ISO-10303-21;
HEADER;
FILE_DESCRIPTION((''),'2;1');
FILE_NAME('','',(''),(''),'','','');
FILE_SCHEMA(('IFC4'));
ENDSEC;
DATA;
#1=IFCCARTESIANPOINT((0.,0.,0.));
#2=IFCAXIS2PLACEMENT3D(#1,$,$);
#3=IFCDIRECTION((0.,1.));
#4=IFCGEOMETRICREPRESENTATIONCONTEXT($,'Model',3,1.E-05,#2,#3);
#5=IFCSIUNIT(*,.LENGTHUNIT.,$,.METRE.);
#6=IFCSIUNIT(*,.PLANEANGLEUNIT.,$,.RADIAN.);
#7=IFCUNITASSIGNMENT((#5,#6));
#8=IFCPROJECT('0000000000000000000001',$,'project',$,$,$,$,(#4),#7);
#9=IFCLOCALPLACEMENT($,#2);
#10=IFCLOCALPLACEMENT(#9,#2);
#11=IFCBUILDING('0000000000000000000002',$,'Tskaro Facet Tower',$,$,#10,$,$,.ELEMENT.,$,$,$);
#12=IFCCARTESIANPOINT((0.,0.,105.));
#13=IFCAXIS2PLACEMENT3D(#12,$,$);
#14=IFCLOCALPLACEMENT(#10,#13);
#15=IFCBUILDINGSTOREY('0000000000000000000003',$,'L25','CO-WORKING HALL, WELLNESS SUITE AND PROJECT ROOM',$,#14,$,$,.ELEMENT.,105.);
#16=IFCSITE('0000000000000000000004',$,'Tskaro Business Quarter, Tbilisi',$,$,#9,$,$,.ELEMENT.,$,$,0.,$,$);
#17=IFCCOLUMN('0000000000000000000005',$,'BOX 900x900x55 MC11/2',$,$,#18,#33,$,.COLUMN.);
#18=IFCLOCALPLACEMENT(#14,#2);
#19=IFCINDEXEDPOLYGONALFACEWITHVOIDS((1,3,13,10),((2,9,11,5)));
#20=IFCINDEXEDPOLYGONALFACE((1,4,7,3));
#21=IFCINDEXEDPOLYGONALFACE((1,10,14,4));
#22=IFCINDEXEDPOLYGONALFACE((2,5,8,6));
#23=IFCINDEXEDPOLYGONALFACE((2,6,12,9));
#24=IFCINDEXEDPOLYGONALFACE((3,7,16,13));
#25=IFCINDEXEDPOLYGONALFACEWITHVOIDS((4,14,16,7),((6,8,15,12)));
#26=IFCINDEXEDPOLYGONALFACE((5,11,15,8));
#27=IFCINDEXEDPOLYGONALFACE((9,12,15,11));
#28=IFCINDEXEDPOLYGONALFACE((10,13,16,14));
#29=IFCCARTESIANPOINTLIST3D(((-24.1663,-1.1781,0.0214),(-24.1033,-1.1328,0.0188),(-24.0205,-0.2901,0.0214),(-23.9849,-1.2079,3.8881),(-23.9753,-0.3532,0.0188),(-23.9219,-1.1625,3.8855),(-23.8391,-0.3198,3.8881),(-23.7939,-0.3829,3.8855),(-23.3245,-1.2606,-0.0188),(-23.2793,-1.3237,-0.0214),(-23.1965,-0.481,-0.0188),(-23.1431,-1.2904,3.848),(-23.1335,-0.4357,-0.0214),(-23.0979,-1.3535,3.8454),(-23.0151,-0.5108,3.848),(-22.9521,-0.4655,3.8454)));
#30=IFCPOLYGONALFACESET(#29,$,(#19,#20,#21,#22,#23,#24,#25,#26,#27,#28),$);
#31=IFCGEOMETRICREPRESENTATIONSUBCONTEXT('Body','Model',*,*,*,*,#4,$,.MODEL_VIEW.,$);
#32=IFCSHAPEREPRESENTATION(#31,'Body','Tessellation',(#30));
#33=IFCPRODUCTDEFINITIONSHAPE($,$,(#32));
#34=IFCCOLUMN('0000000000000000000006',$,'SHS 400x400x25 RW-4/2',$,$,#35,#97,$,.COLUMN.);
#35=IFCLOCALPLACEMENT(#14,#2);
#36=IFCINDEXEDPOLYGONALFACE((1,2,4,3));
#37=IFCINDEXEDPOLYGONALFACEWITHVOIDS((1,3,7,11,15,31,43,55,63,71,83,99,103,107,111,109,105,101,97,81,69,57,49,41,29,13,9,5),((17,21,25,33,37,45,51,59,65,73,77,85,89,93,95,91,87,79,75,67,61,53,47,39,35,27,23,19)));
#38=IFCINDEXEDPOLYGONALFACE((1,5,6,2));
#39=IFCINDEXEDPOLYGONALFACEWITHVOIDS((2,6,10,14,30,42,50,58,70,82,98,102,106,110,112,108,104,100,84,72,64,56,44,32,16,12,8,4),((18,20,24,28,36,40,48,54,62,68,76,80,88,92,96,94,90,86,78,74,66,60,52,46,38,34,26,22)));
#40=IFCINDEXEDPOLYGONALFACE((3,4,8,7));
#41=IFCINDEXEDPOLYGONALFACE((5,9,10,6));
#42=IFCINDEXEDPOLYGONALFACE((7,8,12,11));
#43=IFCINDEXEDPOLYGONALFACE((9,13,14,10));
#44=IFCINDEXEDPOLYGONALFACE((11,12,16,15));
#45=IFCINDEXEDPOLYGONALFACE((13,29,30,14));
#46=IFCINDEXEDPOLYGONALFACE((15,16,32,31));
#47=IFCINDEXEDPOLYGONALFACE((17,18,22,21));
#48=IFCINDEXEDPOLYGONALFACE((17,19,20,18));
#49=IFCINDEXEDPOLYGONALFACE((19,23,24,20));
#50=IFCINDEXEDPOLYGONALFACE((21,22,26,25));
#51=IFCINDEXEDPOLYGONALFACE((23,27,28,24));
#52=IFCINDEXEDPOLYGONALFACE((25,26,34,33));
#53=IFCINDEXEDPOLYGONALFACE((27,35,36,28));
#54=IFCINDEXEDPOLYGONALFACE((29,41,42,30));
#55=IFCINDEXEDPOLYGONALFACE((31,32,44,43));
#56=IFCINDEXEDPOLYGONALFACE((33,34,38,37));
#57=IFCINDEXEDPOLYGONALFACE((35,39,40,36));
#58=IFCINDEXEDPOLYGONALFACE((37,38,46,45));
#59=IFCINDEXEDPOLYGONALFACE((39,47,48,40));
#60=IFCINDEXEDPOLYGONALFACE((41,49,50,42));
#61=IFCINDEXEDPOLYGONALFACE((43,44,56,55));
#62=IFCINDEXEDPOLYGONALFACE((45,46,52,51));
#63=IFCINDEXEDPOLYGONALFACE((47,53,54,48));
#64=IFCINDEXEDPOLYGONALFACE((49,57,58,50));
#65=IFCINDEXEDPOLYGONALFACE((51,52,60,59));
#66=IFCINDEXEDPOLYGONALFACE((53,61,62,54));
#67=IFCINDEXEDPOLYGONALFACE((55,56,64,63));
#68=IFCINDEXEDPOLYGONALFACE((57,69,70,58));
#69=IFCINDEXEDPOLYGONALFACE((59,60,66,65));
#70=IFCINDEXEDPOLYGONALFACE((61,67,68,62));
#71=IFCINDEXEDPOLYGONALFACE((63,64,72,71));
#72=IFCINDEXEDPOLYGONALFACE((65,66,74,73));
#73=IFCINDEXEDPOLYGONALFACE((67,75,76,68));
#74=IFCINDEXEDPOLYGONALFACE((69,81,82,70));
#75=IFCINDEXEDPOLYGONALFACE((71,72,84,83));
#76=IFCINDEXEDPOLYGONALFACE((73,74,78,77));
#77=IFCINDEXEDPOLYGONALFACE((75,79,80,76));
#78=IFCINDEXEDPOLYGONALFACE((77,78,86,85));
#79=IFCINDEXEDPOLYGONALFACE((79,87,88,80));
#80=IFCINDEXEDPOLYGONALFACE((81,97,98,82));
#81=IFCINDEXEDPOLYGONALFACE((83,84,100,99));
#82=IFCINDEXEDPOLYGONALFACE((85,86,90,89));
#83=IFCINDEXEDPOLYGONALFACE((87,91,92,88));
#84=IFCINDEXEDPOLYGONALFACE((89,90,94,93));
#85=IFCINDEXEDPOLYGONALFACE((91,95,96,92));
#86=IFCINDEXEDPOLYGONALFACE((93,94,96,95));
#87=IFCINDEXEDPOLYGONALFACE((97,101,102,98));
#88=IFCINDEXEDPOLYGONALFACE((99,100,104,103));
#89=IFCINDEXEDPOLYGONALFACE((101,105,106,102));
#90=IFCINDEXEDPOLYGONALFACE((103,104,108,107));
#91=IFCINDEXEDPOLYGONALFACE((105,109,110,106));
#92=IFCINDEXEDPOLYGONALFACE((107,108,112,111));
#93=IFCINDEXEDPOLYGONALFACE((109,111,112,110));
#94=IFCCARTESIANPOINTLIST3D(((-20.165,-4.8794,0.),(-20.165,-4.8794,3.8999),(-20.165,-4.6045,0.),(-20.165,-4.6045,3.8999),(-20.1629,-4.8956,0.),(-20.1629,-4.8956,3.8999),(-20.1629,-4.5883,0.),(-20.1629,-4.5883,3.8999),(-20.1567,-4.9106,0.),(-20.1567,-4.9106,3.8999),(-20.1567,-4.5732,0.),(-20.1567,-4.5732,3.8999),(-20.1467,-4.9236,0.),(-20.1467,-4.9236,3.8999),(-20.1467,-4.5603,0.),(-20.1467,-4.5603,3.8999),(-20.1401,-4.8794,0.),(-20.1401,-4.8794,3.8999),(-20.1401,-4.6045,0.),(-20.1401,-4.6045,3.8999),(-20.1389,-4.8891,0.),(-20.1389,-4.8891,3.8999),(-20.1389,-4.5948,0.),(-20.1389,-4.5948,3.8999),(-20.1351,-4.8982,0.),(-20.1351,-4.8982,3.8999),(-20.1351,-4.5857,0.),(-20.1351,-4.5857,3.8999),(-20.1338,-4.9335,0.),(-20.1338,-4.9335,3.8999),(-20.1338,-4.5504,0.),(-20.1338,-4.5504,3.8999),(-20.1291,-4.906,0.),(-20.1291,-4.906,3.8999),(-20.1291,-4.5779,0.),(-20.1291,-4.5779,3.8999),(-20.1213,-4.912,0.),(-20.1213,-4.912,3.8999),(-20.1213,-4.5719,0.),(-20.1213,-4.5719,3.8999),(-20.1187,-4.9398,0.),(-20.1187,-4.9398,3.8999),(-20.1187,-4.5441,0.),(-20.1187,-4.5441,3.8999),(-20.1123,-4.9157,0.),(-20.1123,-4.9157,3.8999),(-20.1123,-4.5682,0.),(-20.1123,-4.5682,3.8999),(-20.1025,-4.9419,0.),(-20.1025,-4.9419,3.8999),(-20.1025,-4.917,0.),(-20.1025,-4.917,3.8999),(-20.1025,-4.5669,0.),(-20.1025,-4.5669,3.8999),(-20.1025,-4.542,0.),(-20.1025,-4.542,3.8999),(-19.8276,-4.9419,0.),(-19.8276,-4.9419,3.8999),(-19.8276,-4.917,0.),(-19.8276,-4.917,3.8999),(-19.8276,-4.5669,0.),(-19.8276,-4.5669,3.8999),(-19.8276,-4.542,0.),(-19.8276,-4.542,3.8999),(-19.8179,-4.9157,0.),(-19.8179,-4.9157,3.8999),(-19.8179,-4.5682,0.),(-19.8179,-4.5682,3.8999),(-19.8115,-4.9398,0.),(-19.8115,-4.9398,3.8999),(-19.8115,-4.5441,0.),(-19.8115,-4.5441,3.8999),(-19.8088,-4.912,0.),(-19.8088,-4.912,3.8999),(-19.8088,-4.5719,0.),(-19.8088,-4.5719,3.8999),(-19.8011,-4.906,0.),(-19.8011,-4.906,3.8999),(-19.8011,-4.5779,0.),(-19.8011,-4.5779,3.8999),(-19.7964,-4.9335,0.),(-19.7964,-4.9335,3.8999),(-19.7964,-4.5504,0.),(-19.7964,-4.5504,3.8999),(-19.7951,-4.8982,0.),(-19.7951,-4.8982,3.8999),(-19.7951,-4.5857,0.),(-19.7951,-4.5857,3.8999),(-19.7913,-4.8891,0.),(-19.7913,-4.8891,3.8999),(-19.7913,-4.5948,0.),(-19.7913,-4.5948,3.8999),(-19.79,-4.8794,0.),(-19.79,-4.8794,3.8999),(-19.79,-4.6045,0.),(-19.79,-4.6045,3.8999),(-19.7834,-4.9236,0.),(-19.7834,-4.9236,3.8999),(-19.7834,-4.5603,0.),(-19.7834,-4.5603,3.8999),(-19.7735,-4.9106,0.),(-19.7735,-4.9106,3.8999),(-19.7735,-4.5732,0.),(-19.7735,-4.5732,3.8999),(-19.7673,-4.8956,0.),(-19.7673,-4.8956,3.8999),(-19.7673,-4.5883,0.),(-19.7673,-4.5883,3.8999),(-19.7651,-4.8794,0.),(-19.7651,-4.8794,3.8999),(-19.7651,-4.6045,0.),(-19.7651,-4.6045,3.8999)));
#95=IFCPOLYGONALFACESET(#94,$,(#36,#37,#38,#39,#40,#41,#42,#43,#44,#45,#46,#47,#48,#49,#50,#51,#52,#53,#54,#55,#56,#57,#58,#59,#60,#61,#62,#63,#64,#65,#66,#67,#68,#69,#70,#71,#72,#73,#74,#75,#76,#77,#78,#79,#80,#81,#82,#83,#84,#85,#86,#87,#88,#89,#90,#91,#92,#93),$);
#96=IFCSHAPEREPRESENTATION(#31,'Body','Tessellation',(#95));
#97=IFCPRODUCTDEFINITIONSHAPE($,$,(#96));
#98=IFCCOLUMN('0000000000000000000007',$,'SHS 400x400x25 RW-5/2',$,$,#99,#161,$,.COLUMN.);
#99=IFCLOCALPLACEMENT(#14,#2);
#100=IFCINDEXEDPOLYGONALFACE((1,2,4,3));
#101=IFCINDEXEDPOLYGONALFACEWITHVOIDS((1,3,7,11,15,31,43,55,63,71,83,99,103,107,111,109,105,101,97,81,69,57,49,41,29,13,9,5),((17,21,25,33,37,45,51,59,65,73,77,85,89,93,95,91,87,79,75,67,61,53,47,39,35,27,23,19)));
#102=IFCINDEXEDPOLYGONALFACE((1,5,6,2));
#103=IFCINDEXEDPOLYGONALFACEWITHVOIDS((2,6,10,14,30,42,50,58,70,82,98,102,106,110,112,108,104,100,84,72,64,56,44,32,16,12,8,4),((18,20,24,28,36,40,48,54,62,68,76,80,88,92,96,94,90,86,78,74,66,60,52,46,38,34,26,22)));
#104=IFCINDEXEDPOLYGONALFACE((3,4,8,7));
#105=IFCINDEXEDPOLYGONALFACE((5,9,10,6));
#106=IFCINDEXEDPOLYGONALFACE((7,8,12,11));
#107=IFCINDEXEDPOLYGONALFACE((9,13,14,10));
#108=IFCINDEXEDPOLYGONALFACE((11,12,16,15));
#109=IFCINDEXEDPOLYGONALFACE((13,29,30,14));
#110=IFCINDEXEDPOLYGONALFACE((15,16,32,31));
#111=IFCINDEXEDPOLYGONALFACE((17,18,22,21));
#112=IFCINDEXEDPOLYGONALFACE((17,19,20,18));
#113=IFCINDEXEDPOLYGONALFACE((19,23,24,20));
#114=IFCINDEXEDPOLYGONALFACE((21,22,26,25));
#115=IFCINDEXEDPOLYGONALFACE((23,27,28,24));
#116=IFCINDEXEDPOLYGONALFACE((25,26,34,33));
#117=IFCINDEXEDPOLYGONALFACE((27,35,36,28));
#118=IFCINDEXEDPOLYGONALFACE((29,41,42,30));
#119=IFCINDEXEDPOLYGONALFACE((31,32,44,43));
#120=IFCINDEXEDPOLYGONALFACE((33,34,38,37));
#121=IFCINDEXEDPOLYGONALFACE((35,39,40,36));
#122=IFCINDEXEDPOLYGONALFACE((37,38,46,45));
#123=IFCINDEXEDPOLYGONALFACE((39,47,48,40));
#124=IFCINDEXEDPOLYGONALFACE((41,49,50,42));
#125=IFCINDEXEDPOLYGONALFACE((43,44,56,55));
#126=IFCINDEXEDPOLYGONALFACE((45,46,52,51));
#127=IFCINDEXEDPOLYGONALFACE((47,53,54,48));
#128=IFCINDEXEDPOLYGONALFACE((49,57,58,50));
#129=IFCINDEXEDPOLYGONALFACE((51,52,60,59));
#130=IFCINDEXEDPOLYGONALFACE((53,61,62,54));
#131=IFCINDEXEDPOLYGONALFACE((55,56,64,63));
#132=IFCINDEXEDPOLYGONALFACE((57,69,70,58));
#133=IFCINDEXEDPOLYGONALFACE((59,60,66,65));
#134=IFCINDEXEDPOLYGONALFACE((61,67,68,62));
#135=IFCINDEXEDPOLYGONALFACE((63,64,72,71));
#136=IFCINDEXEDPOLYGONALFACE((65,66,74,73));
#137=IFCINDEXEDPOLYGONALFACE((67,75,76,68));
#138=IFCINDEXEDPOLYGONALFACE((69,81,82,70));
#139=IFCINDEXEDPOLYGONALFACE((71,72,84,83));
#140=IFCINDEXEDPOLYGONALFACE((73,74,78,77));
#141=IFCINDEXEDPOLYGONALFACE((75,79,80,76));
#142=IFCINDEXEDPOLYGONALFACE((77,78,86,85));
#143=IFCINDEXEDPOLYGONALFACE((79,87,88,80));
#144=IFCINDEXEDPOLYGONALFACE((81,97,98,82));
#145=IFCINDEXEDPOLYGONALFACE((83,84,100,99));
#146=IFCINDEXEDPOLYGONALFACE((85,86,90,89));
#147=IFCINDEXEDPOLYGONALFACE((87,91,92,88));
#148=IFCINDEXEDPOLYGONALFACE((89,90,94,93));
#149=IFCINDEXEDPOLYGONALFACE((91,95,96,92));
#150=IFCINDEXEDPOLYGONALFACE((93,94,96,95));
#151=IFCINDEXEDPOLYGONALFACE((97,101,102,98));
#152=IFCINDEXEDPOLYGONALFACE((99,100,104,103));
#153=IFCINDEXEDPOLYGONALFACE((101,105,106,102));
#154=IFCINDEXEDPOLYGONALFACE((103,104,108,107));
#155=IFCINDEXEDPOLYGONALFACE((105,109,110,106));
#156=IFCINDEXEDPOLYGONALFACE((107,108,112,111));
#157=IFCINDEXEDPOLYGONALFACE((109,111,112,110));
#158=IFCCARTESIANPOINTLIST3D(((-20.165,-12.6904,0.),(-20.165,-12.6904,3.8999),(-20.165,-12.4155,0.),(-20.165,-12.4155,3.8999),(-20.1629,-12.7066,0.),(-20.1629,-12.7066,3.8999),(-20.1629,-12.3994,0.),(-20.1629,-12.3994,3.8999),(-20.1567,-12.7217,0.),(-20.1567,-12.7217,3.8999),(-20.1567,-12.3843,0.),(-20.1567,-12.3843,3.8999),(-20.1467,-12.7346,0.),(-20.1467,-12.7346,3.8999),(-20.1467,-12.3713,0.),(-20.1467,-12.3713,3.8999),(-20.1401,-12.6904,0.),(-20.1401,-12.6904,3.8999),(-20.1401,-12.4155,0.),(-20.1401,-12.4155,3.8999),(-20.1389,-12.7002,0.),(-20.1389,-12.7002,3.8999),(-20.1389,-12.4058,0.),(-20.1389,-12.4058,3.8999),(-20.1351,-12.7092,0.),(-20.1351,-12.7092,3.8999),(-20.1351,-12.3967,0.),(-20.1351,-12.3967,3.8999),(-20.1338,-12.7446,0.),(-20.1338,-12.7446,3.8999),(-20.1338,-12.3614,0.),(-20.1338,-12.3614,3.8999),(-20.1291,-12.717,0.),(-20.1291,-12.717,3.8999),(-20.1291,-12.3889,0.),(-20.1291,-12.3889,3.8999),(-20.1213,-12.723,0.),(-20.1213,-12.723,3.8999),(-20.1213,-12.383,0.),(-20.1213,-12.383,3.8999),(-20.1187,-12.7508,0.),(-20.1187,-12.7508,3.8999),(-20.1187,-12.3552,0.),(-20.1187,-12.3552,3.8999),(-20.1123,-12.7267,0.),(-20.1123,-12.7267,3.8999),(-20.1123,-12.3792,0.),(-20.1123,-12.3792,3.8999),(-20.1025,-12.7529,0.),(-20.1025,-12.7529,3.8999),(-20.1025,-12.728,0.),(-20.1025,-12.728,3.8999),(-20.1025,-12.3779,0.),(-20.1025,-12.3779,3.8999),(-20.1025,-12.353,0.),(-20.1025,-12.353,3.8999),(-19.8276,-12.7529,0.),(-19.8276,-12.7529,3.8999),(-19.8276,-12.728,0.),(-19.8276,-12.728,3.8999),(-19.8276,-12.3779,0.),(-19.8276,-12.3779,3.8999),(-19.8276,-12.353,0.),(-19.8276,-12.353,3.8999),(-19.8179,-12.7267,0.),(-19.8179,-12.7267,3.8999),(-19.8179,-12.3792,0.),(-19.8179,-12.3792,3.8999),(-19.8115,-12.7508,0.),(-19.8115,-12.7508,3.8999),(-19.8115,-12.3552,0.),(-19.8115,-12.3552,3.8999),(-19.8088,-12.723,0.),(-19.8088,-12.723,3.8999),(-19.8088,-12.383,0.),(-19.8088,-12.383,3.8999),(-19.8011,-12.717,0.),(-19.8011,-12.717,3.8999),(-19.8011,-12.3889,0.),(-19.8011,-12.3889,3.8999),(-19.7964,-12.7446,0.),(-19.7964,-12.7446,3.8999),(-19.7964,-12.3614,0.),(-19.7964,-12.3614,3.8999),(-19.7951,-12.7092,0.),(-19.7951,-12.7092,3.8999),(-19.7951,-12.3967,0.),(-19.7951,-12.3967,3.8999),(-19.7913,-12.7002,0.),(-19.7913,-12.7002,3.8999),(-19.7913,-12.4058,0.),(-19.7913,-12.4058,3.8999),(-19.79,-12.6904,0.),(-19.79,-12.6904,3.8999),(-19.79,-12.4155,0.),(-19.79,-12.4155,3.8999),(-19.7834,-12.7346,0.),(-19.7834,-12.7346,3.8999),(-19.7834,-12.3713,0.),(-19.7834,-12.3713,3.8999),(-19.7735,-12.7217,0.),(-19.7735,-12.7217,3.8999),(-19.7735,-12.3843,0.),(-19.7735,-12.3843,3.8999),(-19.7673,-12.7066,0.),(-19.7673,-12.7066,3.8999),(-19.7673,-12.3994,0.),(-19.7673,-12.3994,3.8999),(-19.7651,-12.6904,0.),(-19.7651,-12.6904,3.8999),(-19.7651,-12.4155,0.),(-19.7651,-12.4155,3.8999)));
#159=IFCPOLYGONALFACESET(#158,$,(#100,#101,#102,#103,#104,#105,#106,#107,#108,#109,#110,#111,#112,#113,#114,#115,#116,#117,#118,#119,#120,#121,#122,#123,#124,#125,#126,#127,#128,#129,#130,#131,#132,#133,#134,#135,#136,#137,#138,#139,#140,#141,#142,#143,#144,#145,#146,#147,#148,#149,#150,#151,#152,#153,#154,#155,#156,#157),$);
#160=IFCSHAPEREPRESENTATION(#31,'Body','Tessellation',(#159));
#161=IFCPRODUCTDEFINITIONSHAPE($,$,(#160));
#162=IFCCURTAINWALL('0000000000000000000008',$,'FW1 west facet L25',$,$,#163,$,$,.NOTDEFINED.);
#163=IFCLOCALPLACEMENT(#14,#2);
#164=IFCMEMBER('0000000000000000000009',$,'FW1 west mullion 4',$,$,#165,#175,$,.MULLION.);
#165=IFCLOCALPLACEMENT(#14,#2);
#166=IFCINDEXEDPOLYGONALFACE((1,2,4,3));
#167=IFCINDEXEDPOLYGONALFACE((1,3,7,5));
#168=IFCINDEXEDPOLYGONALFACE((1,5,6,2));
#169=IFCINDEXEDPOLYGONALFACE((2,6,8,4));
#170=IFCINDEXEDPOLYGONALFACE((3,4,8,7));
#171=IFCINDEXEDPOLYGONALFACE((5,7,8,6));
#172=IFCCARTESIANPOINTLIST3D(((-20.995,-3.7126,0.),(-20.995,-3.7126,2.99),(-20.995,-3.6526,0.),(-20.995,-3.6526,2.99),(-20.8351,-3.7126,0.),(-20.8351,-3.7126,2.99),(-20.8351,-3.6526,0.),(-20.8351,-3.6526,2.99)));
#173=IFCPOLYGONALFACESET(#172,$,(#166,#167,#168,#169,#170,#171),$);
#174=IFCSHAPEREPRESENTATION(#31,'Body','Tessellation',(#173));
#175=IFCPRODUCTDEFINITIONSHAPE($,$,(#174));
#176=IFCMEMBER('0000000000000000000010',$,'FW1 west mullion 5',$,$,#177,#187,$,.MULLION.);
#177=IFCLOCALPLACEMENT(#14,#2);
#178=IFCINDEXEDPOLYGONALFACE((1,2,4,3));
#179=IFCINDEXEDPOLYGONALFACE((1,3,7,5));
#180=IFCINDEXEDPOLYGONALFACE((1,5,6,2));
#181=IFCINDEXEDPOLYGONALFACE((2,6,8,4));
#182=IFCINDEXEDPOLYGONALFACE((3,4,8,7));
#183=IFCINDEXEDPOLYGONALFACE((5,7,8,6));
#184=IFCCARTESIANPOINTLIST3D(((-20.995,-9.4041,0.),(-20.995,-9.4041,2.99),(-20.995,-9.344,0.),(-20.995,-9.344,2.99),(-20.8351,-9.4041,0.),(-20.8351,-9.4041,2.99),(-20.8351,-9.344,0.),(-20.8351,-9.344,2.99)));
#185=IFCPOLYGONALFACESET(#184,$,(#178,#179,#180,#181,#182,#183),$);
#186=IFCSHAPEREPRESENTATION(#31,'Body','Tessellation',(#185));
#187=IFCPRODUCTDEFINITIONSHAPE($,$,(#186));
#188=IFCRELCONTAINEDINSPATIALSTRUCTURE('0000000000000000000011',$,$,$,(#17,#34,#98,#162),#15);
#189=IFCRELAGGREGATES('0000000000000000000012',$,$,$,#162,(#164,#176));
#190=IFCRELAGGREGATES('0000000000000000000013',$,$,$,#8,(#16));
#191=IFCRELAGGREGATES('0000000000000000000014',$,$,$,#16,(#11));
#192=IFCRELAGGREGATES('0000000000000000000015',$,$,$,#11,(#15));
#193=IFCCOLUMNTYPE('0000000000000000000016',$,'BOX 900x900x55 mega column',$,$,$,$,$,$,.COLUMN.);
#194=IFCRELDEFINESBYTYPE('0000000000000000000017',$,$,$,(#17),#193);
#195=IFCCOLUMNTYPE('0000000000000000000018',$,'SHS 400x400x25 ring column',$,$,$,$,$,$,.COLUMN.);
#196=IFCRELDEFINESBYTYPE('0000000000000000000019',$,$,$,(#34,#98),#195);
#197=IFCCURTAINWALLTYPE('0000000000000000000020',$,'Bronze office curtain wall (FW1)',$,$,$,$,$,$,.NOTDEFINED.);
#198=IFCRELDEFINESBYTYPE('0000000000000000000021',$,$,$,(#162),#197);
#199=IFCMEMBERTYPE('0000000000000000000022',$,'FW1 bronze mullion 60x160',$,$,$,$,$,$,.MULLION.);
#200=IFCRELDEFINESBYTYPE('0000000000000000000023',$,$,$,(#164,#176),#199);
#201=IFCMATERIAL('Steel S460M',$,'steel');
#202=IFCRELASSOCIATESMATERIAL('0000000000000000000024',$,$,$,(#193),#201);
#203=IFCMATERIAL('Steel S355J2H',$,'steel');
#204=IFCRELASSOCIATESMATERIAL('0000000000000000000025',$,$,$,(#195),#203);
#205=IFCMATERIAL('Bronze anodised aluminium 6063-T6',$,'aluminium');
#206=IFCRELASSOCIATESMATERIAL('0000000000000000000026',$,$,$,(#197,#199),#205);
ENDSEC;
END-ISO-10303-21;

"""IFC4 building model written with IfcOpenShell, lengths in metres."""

from ifc_helpers import new_model, si_unit, direction, frame, origin, origin_2d, place, context, subcontext, project, spatial, rectangle, hollow_rectangle, extrude, material, material_profile, profile_set, type_object, element, aggregate, save


model = new_model("IFC4")

# Units and contexts
model_context = context("Model", 3, precision=1e-05, world=origin(), true_north=direction((0.0, 1.0)))
body_context = subcontext(model_context, "Body", "Model", "MODEL_VIEW")
ifc_project = project(units=[si_unit("LENGTHUNIT", "METRE"), si_unit("PLANEANGLEUNIT", "RADIAN")], contexts=[model_context])

# Site, building, storey
site_placement = place(None, origin())
site = spatial("IfcSite", under=ifc_project, at=site_placement, Name="Tskaro Business Quarter, Tbilisi", CompositionType="ELEMENT", RefElevation=0.0)
building_placement = place(site_placement, origin())
building = spatial("IfcBuilding", under=site, at=building_placement, Name="Tskaro Facet Tower", CompositionType="ELEMENT")
storey_placement = place(building_placement, frame((0.0, 0.0, 105.0)))
storey = spatial("IfcBuildingStorey", under=building, at=storey_placement, Name="L25", Description="CO-WORKING HALL, WELLNESS SUITE AND PROJECT ROOM", CompositionType="ELEMENT", Elevation=105.0)

# Columns
ifc_material_1 = material(Name="Steel S460M", Category="steel")
ifc_material_profile_1 = material_profile(ifc_material_1, hollow_rectangle(XDim=0.8999, YDim=0.8999, WallThickness=0.0549, at=origin_2d()), Name="BOX 900x900x55")
ifc_profile_set_1 = profile_set([ifc_material_profile_1], Name="Steel S460M")
column_type_1 = type_object("IfcColumnType", Name="BOX 900x900x55 mega column", PredefinedType="COLUMN", material=ifc_profile_set_1)
column_placement = place(storey_placement, frame((-23.6499, -0.8069, 0.0), z_axis=(0.04686, -0.007694, 0.998872), x_axis=(0.162029, 0.986786, 0.0)))
element("IfcColumn", 1, at=column_placement, inside=storey, type_object=column_type_1, Name="BOX 900x900x55 MC11/2", PredefinedType="COLUMN", context=body_context, shape_type="SweptSolid", body=[
    extrude(hollow_rectangle(XDim=0.8999, YDim=0.8999, WallThickness=0.0549, at=origin_2d()), origin(), (0.0, 0.0, 1.0), 3.8711),
])
ifc_material_2 = material(Name="Steel S355J2H", Category="steel")
ifc_material_profile_2 = material_profile(ifc_material_2, hollow_rectangle(XDim=0.3999, YDim=0.3999, WallThickness=0.0249, InnerFilletRadius=0.0376, OuterFilletRadius=0.0625, at=origin_2d()), Name="SHS 400x400x25")
ifc_profile_set_2 = profile_set([ifc_material_profile_2], Name="Steel S355J2H")
column_type_2 = type_object("IfcColumnType", Name="SHS 400x400x25 ring column", PredefinedType="COLUMN", material=ifc_profile_set_2)
for number, where, z_axis, x_axis, name in (
    (2, (-19.9651, -4.7419, 0.0), (0.0, 0.0, 1.0), (1.0, 0.0, 0.0), "SHS 400x400x25 RW-4/2"),
    (3, (-19.9651, -12.553, 0.0), (0.0, 0.0, 1.0), (1.0, 0.0, 0.0), "SHS 400x400x25 RW-5/2"),
):
    element("IfcColumn", number, at=place(storey_placement, frame(where, z_axis=z_axis, x_axis=x_axis)), inside=storey, type_object=column_type_2, Name=name, PredefinedType="COLUMN", context=body_context, shape_type="SweptSolid", body=[
        extrude(hollow_rectangle(XDim=0.3999, YDim=0.3999, WallThickness=0.0249, InnerFilletRadius=0.0376, OuterFilletRadius=0.0625, at=origin_2d()), origin(), (0.0, 0.0, 1.0), 3.8999),
    ])

# Curtain wall, members
ifc_material_3 = material(Name="Bronze anodised aluminium 6063-T6", Category="aluminium")
curtain_wall_type = type_object("IfcCurtainWallType", Name="Bronze office curtain wall (FW1)", PredefinedType="NOTDEFINED", material=ifc_material_3)
curtain_wall_placement = place(storey_placement, origin())
curtain_wall = element("IfcCurtainWall", 4, at=curtain_wall_placement, inside=storey, type_object=curtain_wall_type, Name="FW1 west facet L25", PredefinedType="NOTDEFINED")
ifc_material_profile_3 = material_profile(ifc_material_3, rectangle(XDim=0.0601, YDim=0.1599, at=origin_2d()), Name="Mullion 60x160")
ifc_profile_set_3 = profile_set([ifc_material_profile_3], Name="Bronze anodised aluminium 6063-T6")
member_type_1 = type_object("IfcMemberType", Name="FW1 bronze mullion 60x160", PredefinedType="MULLION", material=ifc_profile_set_3)
member_1_placement = place(storey_placement, frame((-20.915, -3.6826, 0.0), z_axis=(0.0, 0.0, 1.0), x_axis=(0.0, -1.0, 0.0)))
member_1 = element("IfcMember", 5, at=member_1_placement, type_object=member_type_1, Name="FW1 west mullion 4", PredefinedType="MULLION", context=body_context, shape_type="SweptSolid", body=[
    extrude(rectangle(XDim=0.0601, YDim=0.1599, at=origin_2d()), origin(), (0.0, 0.0, 1.0), 2.99),
])
member_2_placement = place(storey_placement, frame((-20.915, -9.374, 0.0), z_axis=(0.0, 0.0, 1.0), x_axis=(0.0, -1.0, 0.0)))
member_2 = element("IfcMember", 6, at=member_2_placement, type_object=member_type_1, Name="FW1 west mullion 5", PredefinedType="MULLION", context=body_context, shape_type="SweptSolid", body=[
    extrude(rectangle(XDim=0.0601, YDim=0.1599, at=origin_2d()), origin(), (0.0, 0.0, 1.0), 2.99),
])

aggregate(curtain_wall, [member_1, member_2])

save(model, "model.ifc")
